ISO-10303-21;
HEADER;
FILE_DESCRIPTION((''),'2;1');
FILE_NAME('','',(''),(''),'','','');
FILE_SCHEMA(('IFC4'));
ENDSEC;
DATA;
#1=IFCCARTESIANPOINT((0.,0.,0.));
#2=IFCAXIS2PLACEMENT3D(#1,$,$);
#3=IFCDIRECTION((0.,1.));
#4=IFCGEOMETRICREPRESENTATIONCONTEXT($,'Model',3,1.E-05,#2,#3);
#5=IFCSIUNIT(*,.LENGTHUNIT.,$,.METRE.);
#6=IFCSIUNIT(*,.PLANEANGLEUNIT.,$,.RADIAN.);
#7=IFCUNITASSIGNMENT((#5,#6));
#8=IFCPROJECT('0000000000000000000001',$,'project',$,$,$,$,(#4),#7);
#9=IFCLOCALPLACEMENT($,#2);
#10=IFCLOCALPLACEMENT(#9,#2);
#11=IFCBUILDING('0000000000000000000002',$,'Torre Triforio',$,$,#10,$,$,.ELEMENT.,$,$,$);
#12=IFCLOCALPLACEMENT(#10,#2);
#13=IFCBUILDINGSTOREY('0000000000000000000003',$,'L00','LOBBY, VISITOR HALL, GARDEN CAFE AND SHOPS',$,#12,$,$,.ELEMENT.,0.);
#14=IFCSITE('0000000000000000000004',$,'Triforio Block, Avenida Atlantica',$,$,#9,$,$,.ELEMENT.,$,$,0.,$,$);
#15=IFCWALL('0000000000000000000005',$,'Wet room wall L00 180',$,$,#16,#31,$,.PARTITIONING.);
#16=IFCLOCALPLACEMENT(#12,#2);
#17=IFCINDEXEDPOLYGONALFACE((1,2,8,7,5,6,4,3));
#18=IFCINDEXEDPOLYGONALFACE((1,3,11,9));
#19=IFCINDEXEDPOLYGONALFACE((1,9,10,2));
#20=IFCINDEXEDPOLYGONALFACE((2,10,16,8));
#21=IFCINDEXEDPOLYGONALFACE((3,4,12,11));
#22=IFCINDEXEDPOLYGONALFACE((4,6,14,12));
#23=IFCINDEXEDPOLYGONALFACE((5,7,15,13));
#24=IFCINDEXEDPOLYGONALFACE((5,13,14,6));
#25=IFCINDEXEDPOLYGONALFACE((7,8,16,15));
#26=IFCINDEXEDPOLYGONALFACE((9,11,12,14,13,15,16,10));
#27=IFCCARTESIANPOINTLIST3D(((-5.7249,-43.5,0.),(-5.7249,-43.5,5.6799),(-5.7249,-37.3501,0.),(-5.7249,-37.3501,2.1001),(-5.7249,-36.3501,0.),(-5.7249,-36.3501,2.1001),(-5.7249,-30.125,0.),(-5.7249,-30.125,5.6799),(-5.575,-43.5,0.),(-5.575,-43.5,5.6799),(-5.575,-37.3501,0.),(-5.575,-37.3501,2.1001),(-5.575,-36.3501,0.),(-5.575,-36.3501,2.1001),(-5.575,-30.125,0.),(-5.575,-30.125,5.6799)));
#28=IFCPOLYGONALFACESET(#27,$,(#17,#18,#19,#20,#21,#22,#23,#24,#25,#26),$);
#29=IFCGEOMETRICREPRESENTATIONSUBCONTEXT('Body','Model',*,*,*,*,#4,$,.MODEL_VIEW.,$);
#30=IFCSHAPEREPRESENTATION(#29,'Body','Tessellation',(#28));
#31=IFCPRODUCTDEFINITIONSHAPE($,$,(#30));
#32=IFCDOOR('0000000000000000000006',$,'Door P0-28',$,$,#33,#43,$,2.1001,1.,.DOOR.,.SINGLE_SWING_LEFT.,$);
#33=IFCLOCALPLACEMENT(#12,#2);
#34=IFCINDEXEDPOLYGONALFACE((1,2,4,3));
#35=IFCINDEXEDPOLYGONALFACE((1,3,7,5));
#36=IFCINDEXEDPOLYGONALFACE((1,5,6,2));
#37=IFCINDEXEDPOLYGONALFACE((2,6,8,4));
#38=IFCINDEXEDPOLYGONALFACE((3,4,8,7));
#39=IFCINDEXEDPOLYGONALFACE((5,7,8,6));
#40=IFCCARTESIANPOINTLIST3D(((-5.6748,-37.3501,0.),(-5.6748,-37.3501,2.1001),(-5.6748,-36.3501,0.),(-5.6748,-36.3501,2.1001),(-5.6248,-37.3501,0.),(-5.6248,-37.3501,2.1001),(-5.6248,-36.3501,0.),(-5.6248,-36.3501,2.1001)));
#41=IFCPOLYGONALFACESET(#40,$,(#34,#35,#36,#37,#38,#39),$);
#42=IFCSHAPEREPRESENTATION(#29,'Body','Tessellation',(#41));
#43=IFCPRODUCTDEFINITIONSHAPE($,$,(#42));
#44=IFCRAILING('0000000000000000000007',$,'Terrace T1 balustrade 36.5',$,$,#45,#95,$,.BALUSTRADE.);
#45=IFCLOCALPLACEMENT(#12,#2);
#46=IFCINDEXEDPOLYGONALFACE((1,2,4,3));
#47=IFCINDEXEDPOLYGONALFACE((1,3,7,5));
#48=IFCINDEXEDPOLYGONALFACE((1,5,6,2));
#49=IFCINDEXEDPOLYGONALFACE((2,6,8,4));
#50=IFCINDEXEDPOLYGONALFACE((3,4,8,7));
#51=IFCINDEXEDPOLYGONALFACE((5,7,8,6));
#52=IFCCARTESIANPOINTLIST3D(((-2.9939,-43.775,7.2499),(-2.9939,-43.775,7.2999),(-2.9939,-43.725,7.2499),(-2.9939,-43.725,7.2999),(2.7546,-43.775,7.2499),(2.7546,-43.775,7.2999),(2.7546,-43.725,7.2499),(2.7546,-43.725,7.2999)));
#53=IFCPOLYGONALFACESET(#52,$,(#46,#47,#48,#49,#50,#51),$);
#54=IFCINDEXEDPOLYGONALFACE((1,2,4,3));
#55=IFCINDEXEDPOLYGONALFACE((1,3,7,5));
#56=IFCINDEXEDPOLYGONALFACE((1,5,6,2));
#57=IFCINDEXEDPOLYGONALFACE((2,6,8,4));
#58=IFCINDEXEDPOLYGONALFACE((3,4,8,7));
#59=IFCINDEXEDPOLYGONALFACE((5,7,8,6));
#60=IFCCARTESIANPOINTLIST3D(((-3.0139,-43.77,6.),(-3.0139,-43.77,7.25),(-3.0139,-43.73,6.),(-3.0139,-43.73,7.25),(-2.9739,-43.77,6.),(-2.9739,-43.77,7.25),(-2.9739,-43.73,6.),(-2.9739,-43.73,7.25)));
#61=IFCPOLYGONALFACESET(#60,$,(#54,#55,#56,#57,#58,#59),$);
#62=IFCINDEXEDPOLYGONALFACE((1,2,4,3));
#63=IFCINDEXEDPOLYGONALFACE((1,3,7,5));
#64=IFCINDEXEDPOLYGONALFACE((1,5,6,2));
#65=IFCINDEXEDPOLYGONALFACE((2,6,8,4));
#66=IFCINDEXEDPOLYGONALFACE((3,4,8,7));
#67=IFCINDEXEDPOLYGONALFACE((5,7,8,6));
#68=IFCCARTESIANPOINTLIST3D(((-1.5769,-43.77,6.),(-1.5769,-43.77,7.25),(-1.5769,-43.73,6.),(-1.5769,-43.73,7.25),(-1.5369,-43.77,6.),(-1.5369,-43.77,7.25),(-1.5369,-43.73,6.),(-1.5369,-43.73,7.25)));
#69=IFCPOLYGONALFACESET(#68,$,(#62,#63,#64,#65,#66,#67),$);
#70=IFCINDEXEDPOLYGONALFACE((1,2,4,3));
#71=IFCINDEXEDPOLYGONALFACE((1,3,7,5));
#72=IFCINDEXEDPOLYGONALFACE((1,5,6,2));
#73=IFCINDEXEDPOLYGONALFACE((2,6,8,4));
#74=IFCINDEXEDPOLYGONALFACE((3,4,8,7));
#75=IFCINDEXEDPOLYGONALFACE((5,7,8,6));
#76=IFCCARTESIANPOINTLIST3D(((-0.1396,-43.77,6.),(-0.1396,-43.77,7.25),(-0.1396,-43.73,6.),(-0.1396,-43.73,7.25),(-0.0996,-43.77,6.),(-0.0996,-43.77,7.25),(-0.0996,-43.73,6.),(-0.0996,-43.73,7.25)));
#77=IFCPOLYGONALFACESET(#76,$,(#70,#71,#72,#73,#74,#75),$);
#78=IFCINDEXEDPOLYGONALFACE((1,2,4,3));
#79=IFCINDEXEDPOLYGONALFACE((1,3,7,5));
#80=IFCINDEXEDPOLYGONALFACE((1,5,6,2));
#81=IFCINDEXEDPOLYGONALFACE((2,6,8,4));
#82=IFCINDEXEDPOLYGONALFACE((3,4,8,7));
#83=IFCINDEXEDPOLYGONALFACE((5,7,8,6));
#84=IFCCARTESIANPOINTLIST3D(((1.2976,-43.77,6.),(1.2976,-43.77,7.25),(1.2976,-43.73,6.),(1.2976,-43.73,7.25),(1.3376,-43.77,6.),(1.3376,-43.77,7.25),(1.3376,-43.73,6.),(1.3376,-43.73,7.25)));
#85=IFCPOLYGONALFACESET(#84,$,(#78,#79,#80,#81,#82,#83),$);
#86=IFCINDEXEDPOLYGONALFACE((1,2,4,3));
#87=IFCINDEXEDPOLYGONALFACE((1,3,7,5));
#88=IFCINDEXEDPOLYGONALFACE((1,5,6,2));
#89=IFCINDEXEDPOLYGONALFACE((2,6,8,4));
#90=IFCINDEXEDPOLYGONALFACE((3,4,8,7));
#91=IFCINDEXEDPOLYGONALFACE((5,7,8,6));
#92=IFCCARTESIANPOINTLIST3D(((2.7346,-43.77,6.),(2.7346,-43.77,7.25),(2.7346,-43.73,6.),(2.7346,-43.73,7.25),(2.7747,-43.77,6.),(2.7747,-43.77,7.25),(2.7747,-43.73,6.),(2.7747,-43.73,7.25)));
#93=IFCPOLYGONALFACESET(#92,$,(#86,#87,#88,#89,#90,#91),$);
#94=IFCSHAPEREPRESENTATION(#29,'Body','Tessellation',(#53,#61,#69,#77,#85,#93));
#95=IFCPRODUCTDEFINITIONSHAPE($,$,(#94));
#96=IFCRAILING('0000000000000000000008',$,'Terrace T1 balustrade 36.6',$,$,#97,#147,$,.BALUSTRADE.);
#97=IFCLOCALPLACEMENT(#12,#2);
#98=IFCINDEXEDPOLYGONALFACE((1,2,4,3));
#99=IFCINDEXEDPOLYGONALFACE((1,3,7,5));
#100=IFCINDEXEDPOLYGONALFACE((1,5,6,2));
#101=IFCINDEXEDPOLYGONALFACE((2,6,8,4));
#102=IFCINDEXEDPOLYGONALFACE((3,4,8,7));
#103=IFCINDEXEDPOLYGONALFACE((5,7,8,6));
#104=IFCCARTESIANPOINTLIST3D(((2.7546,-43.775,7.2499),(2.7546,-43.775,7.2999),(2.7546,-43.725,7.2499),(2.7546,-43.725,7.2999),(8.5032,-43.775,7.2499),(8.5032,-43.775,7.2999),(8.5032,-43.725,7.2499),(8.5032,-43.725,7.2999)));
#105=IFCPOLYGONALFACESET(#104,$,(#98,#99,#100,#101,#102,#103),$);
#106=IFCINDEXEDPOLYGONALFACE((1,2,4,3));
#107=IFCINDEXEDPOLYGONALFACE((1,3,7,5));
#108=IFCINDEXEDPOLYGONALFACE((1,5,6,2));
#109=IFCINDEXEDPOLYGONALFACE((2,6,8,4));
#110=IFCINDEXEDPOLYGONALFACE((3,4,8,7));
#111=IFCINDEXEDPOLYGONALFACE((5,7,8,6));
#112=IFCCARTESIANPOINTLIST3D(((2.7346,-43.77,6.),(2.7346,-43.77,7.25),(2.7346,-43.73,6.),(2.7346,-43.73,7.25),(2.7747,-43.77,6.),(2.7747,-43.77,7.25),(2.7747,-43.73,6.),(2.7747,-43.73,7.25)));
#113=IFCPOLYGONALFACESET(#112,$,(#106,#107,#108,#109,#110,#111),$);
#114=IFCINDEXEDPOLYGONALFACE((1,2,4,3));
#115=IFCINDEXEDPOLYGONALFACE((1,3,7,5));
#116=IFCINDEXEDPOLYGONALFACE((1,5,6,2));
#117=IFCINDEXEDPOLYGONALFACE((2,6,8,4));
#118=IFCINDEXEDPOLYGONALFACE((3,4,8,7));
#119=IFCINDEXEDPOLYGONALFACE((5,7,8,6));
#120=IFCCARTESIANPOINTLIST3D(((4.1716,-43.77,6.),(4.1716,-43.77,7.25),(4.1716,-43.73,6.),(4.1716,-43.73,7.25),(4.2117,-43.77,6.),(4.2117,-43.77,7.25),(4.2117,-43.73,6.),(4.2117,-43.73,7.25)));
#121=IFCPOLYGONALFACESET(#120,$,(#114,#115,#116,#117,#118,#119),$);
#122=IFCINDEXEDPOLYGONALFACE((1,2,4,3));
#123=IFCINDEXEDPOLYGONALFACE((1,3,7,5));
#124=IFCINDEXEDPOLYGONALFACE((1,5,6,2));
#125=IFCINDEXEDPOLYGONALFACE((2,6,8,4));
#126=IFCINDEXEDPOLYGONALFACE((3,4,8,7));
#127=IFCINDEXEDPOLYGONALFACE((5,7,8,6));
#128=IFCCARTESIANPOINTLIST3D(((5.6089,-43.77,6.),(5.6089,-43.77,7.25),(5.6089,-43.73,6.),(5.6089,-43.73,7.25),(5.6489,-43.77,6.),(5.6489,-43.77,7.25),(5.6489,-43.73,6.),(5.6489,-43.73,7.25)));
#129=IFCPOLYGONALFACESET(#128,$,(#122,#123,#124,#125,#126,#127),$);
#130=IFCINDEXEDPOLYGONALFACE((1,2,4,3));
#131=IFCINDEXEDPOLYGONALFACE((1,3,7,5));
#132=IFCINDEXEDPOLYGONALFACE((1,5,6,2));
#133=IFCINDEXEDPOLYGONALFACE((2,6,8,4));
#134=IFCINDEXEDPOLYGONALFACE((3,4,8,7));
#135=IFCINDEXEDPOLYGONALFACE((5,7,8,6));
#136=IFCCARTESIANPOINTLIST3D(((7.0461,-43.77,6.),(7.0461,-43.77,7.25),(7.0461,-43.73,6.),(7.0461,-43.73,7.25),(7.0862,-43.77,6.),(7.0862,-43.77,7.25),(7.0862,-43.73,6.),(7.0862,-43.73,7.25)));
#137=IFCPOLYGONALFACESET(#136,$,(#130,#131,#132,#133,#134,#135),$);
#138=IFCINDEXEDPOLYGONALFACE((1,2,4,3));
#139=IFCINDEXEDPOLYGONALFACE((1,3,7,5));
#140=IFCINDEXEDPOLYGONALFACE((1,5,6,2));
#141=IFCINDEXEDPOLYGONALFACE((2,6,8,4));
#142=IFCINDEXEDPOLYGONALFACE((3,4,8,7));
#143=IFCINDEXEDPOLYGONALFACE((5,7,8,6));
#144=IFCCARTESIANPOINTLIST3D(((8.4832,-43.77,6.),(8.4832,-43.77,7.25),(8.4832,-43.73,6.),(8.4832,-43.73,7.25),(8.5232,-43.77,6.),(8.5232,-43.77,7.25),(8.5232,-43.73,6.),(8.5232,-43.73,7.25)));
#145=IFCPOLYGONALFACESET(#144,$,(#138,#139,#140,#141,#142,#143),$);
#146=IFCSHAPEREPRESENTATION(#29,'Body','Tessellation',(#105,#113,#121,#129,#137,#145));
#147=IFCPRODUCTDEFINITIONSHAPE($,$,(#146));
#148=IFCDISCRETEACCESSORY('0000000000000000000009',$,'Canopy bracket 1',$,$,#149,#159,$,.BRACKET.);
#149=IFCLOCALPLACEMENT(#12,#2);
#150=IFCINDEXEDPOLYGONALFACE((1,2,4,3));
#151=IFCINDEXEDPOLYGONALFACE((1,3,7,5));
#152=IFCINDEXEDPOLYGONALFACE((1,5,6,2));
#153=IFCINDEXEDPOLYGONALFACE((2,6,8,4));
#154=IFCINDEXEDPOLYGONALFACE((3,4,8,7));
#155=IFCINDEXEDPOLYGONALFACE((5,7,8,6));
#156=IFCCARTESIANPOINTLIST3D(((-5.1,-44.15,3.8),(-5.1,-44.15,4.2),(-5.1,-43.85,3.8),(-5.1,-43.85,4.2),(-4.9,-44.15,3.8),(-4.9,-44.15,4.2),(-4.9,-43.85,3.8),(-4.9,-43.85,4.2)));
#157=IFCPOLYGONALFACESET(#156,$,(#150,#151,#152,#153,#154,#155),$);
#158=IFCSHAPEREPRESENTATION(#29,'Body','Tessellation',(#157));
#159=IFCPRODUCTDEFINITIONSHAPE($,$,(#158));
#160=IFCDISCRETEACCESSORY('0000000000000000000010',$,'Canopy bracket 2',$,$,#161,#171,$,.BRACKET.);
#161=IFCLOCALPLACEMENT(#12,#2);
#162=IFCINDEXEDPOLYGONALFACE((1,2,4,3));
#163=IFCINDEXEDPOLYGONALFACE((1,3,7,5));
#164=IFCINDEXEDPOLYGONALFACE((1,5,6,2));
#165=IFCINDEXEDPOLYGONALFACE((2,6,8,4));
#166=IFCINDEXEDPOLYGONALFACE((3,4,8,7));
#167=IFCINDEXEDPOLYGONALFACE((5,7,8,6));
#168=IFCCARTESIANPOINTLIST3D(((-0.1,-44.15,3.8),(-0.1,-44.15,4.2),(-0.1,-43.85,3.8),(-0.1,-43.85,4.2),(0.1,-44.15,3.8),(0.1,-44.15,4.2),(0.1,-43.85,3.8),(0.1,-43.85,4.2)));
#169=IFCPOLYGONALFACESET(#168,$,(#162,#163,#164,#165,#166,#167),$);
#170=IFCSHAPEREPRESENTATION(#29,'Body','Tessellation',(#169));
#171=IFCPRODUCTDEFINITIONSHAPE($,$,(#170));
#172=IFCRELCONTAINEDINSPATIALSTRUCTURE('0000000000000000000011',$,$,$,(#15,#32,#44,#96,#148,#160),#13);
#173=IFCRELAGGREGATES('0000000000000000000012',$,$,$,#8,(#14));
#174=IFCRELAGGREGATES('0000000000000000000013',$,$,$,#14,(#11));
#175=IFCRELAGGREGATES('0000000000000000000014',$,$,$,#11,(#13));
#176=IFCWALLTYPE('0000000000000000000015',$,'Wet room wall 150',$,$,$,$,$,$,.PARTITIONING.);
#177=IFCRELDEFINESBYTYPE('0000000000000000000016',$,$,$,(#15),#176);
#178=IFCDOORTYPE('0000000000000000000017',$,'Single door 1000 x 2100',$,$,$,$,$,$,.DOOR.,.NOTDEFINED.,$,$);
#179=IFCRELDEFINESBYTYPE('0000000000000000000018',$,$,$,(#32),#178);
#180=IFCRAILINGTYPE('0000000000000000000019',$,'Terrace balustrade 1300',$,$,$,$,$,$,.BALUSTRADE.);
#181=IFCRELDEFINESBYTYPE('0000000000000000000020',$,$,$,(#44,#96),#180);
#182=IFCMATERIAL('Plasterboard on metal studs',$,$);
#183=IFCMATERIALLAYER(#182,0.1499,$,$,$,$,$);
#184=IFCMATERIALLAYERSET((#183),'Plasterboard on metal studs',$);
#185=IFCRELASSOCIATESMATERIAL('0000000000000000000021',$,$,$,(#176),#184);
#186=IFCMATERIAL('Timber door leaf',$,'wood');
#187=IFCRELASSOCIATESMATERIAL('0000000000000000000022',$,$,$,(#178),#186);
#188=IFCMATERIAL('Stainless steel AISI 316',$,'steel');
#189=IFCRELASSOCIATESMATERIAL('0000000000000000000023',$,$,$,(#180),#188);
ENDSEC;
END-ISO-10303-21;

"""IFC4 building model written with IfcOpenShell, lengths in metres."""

from ifc_helpers import new_model, si_unit, direction, frame, frame_2d, origin, origin_2d, place, context, subcontext, project, spatial, rectangle, extrude, material, layer, layer_set, type_object, element, fill, save


model = new_model("IFC4")

# Units and contexts
model_context = context("Model", 3, precision=1e-05, world=origin(), true_north=direction((0.0, 1.0)))
body_context = subcontext(model_context, "Body", "Model", "MODEL_VIEW")
ifc_project = project(units=[si_unit("LENGTHUNIT", "METRE"), si_unit("PLANEANGLEUNIT", "RADIAN")], contexts=[model_context])

# Site, building, storey
site_placement = place(None, origin())
site = spatial("IfcSite", under=ifc_project, at=site_placement, Name="Triforio Block, Avenida Atlantica", CompositionType="ELEMENT", RefElevation=0.0)
building_placement = place(site_placement, origin())
building = spatial("IfcBuilding", under=site, at=building_placement, Name="Torre Triforio", CompositionType="ELEMENT")
storey_placement = place(building_placement, origin())
storey = spatial("IfcBuildingStorey", under=building, at=storey_placement, Name="L00", Description="LOBBY, VISITOR HALL, GARDEN CAFE AND SHOPS", CompositionType="ELEMENT", Elevation=0.0)

# Shared definitions
ifc_material_1 = material(Name="Plasterboard on metal studs")

# Shared definitions
ifc_material_2 = material(Name="Timber door leaf", Category="wood")

# Wall, opening, door
ifc_layer_1 = layer(ifc_material_1, 0.1499)
ifc_layer_set_1 = layer_set([ifc_layer_1], Name="Plasterboard on metal studs")
wall_type_1 = type_object("IfcWallType", Name="Wet room wall 150", PredefinedType="PARTITIONING", material=ifc_layer_set_1)
wall_1_placement = place(storey_placement, frame((-5.6499, -43.5, 0.0), z_axis=(0.0, 0.0, 1.0), x_axis=(0.0, 1.0, 0.0)))
wall_1 = element("IfcWall", 1, at=wall_1_placement, inside=storey, type_object=wall_type_1, Name="Wet room wall L00 180", PredefinedType="PARTITIONING", context=body_context, shape_type="SweptSolid", body=[
    extrude(rectangle(XDim=13.375, YDim=0.1499, at=frame_2d((6.6875, 0.0))), origin(), (0.0, 0.0, 1.0), 5.6799),
])
opening_1_placement = place(wall_1_placement, frame((6.1499, 0.0, 0.0)))
opening_1 = element("IfcOpeningElement", 2, at=opening_1_placement, cuts=wall_1, PredefinedType="OPENING", context=body_context, shape_type="SweptSolid", body=[
    extrude(rectangle(XDim=1.0, YDim=2.1001, at=frame_2d((0.5, 1.05))), frame((0.0, 0.085, 0.0), z_axis=(0.0, -1.0, 0.0), x_axis=(1.0, 0.0, 0.0)), (0.0, 0.0, 1.0), 0.1699),
])
door_type_1 = type_object("IfcDoorType", Name="Single door 1000 x 2100", OperationType="NOTDEFINED", PredefinedType="DOOR", material=ifc_material_2)
door_1_placement = place(opening_1_placement, origin())
door_1 = element("IfcDoor", 3, at=door_1_placement, inside=storey, type_object=door_type_1, Name="Door P0-28", OperationType="SINGLE_SWING_LEFT", OverallHeight=2.1001, OverallWidth=1.0, PredefinedType="DOOR", context=body_context, shape_type="SweptSolid", body=[
    extrude(rectangle(XDim=1.0, YDim=2.1001, at=frame_2d((0.5, 1.05))), frame((0.0, 0.0249, 0.0), z_axis=(0.0, -1.0, 0.0), x_axis=(1.0, 0.0, 0.0)), (0.0, 0.0, 1.0), 0.05),
])
fill(opening_1, door_1)

# Railings
ifc_material_3 = material(Name="Stainless steel AISI 316", Category="steel")
railing_type = type_object("IfcRailingType", Name="Terrace balustrade 1300", PredefinedType="BALUSTRADE", material=ifc_material_3)
for number, where, name in (
    (4, (-2.9939, -43.75, 6.0), "Terrace T1 balustrade 36.5"),
    (5, (2.7546, -43.75, 6.0), "Terrace T1 balustrade 36.6"),
):
    element("IfcRailing", number, at=place(storey_placement, frame(where)), inside=storey, type_object=railing_type, Name=name, PredefinedType="BALUSTRADE", context=body_context, shape_type="SweptSolid", body=[
        extrude(rectangle(XDim=0.05, YDim=0.05, at=origin_2d()), frame((0.0, 0.0, 1.2749), z_axis=(1.0, 0.0, 0.0), x_axis=(0.0, 1.0, 0.0)), (0.0, 0.0, 1.0), 5.7485),
        extrude(rectangle(XDim=0.04, YDim=0.04, at=origin_2d()), origin(), (0.0, 0.0, 1.0), 1.25),
        extrude(rectangle(XDim=0.04, YDim=0.04, at=origin_2d()), frame((1.437, 0.0, 0.0)), (0.0, 0.0, 1.0), 1.25),
        extrude(rectangle(XDim=0.04, YDim=0.04, at=origin_2d()), frame((2.8743, 0.0, 0.0)), (0.0, 0.0, 1.0), 1.25),
        extrude(rectangle(XDim=0.04, YDim=0.04, at=origin_2d()), frame((4.3115, 0.0, 0.0)), (0.0, 0.0, 1.0), 1.25),
        extrude(rectangle(XDim=0.04, YDim=0.04, at=origin_2d()), frame((5.7485, 0.0, 0.0)), (0.0, 0.0, 1.0), 1.25),
    ])

# Discrete accessories
for number, where, z_axis, x_axis, name in (
    (6, (-5.0, -44.0, 3.8), (0.0, 0.0, 1.0), (1.0, 0.0, 0.0), "Canopy bracket 1"),
    (7, (0.0, -44.0, 3.8), (0.0, 0.0, 1.0), (1.0, 0.0, 0.0), "Canopy bracket 2"),
):
    element("IfcDiscreteAccessory", number, at=place(storey_placement, frame(where, z_axis=z_axis, x_axis=x_axis)), inside=storey, Name=name, PredefinedType="BRACKET", context=body_context, shape_type="SweptSolid", body=[
        extrude(rectangle(XDim=0.2, YDim=0.3, at=origin_2d()), origin(), (0.0, 0.0, 1.0), 0.3999),
    ])

save(model, "model.ifc")
